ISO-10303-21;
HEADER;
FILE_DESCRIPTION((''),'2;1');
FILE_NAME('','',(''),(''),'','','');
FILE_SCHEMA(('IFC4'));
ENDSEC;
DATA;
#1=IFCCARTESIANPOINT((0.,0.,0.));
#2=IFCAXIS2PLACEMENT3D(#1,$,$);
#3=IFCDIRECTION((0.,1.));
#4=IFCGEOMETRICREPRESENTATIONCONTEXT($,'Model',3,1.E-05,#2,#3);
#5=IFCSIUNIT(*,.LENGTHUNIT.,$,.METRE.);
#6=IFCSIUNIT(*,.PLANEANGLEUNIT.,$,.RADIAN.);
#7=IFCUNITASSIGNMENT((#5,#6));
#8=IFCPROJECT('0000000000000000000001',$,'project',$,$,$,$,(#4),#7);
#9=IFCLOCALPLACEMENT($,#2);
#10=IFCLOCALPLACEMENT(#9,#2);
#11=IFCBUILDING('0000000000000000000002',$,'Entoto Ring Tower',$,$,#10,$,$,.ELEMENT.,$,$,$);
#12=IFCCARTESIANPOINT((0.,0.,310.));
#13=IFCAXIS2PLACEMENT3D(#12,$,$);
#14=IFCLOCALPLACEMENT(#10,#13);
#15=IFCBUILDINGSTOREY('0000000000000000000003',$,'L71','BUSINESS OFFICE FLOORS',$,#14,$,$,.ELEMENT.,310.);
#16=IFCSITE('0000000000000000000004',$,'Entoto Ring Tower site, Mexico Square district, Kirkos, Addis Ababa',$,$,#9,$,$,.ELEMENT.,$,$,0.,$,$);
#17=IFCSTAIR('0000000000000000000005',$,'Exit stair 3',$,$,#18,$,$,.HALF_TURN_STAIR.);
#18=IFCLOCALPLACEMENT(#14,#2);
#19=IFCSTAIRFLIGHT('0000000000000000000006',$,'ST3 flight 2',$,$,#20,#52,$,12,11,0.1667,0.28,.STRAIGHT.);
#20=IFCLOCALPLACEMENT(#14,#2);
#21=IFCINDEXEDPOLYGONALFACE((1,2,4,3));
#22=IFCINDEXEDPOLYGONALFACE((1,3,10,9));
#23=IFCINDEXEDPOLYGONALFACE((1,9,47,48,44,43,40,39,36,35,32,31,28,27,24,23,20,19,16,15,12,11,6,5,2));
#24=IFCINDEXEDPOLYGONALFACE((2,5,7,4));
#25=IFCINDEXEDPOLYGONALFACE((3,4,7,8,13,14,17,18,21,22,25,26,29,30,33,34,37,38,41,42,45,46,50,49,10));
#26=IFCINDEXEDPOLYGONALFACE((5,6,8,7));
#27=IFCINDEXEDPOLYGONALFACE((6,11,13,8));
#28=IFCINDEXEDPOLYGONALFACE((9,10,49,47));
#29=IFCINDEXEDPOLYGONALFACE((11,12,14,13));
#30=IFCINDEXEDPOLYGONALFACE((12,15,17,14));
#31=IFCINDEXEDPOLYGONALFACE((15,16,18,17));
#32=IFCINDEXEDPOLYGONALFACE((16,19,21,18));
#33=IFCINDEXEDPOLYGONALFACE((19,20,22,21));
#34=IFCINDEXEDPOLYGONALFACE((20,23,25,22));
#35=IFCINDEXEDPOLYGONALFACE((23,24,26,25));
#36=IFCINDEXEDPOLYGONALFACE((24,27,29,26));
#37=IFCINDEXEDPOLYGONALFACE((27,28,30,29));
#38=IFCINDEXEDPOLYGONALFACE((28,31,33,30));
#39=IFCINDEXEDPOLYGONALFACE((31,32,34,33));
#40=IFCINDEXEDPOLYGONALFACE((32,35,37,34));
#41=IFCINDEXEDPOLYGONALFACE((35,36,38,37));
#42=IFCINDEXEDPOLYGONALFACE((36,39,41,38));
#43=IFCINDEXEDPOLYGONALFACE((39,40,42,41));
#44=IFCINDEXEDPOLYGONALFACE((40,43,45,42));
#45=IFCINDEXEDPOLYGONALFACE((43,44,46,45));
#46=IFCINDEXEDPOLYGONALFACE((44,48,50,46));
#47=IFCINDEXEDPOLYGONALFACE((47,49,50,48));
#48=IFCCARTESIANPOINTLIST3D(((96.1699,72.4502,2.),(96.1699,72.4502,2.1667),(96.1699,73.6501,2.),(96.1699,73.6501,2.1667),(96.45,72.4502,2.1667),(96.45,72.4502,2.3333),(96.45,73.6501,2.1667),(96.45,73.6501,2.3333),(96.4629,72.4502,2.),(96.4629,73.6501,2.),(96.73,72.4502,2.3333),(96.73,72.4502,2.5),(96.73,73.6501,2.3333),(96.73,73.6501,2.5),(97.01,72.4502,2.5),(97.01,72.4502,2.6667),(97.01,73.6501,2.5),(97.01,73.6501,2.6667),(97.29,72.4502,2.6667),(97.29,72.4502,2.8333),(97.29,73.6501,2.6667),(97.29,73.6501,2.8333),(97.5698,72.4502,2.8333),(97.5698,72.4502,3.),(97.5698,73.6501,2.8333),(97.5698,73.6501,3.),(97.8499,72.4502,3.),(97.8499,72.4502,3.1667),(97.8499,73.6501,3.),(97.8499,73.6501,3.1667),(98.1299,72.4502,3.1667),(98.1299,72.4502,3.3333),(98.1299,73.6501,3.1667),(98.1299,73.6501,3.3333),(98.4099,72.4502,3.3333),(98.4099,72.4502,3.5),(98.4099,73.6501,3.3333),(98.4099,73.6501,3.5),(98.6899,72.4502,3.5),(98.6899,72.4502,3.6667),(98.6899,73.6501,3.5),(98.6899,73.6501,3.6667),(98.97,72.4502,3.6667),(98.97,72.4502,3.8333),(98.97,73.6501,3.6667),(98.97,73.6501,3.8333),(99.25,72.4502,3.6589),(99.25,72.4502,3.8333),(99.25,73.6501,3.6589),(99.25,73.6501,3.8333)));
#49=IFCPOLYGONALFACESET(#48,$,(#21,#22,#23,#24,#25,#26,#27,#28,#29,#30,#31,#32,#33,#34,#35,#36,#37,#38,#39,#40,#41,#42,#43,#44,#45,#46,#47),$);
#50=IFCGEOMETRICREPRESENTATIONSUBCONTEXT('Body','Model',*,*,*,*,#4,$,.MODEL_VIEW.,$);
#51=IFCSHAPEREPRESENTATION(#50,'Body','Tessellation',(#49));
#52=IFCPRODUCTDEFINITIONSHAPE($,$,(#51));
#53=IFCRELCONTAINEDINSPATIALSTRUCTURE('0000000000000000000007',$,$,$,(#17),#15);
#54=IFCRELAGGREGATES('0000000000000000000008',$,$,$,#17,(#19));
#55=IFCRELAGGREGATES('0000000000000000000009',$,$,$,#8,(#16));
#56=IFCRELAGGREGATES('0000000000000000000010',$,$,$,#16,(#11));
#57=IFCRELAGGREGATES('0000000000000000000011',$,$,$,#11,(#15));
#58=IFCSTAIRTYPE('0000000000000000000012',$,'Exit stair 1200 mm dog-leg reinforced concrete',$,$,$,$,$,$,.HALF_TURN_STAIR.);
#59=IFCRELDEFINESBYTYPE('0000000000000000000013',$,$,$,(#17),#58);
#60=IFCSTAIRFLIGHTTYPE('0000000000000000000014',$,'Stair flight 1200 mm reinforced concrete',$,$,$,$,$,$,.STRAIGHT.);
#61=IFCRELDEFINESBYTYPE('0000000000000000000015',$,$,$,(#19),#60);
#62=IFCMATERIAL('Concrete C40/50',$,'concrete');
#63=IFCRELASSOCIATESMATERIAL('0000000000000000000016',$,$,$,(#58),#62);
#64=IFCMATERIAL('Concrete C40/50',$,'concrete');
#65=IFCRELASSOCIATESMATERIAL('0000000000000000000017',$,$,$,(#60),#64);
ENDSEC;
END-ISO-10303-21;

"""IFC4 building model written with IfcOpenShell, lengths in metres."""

from ifc_helpers import new_model, si_unit, direction, frame, origin, place, context, subcontext, project, spatial, polyline, outline, extrude, material, type_object, element, aggregate, save


model = new_model("IFC4")

# Units and contexts
model_context = context("Model", 3, precision=1e-05, world=origin(), true_north=direction((0.0, 1.0)))
body_context = subcontext(model_context, "Body", "Model", "MODEL_VIEW")
ifc_project = project(units=[si_unit("LENGTHUNIT", "METRE"), si_unit("PLANEANGLEUNIT", "RADIAN")], contexts=[model_context])

# Site, building, storey
site_placement = place(None, origin())
site = spatial("IfcSite", under=ifc_project, at=site_placement, Name="Entoto Ring Tower site, Mexico Square district, Kirkos, Addis Ababa", CompositionType="ELEMENT", RefElevation=0.0)
building_placement = place(site_placement, origin())
building = spatial("IfcBuilding", under=site, at=building_placement, Name="Entoto Ring Tower", CompositionType="ELEMENT")
storey_placement = place(building_placement, frame((0.0, 0.0, 310.0)))
storey = spatial("IfcBuildingStorey", under=building, at=storey_placement, Name="L71", Description="BUSINESS OFFICE FLOORS", CompositionType="ELEMENT", Elevation=310.0)

# Stair, stair flight
ifc_material_1 = material(Name="Concrete C40/50", Category="concrete")
stair_type = type_object("IfcStairType", Name="Exit stair 1200 mm dog-leg reinforced concrete", PredefinedType="HALF_TURN_STAIR", material=ifc_material_1)
stair_placement = place(storey_placement, origin())
stair = element("IfcStair", 1, at=stair_placement, inside=storey, type_object=stair_type, Name="Exit stair 3", PredefinedType="HALF_TURN_STAIR")
ifc_material_2 = material(Name="Concrete C40/50", Category="concrete")
stair_flight_type = type_object("IfcStairFlightType", Name="Stair flight 1200 mm reinforced concrete", PredefinedType="STRAIGHT", material=ifc_material_2)
stair_flight_placement = place(storey_placement, frame((96.1699, 73.05, 2.0), z_axis=(0.0, 0.0, 1.0), x_axis=(1.0, 0.0, 0.0)))
stair_flight = element("IfcStairFlight", 2, at=stair_flight_placement, type_object=stair_flight_type, Name="ST3 flight 2", NumberOfRisers=12, NumberOfTreads=11, PredefinedType="STRAIGHT", RiserHeight=0.1667, TreadLength=0.28, context=body_context, shape_type="SweptSolid", body=[
    extrude(outline(polyline([(0.0, 0.0), (0.0, 0.1667), (0.28, 0.1667), (0.28, 0.3333), (0.5601, 0.3333), (0.5601, 0.5), (0.8401, 0.5), (0.8401, 0.6667), (1.1201, 0.6667), (1.1201, 0.8333), (1.3999, 0.8333), (1.3999, 1.0), (1.6799, 1.0), (1.6799, 1.1667), (1.96, 1.1667), (1.96, 1.3333), (2.24, 1.3333), (2.24, 1.5), (2.52, 1.5), (2.52, 1.6667), (2.8, 1.6667), (2.8, 1.8333), (3.0801, 1.8333), (3.0801, 2.0), (3.0801, 1.6589), (0.293, 0.0), (0.0, 0.0)])), frame((0.0, 0.6001, 0.0), z_axis=(0.0, -1.0, 0.0), x_axis=(1.0, 0.0, 0.0)), (0.0, 0.0, 1.0), 1.2),
])
aggregate(stair, [stair_flight])

save(model, "model.ifc")
